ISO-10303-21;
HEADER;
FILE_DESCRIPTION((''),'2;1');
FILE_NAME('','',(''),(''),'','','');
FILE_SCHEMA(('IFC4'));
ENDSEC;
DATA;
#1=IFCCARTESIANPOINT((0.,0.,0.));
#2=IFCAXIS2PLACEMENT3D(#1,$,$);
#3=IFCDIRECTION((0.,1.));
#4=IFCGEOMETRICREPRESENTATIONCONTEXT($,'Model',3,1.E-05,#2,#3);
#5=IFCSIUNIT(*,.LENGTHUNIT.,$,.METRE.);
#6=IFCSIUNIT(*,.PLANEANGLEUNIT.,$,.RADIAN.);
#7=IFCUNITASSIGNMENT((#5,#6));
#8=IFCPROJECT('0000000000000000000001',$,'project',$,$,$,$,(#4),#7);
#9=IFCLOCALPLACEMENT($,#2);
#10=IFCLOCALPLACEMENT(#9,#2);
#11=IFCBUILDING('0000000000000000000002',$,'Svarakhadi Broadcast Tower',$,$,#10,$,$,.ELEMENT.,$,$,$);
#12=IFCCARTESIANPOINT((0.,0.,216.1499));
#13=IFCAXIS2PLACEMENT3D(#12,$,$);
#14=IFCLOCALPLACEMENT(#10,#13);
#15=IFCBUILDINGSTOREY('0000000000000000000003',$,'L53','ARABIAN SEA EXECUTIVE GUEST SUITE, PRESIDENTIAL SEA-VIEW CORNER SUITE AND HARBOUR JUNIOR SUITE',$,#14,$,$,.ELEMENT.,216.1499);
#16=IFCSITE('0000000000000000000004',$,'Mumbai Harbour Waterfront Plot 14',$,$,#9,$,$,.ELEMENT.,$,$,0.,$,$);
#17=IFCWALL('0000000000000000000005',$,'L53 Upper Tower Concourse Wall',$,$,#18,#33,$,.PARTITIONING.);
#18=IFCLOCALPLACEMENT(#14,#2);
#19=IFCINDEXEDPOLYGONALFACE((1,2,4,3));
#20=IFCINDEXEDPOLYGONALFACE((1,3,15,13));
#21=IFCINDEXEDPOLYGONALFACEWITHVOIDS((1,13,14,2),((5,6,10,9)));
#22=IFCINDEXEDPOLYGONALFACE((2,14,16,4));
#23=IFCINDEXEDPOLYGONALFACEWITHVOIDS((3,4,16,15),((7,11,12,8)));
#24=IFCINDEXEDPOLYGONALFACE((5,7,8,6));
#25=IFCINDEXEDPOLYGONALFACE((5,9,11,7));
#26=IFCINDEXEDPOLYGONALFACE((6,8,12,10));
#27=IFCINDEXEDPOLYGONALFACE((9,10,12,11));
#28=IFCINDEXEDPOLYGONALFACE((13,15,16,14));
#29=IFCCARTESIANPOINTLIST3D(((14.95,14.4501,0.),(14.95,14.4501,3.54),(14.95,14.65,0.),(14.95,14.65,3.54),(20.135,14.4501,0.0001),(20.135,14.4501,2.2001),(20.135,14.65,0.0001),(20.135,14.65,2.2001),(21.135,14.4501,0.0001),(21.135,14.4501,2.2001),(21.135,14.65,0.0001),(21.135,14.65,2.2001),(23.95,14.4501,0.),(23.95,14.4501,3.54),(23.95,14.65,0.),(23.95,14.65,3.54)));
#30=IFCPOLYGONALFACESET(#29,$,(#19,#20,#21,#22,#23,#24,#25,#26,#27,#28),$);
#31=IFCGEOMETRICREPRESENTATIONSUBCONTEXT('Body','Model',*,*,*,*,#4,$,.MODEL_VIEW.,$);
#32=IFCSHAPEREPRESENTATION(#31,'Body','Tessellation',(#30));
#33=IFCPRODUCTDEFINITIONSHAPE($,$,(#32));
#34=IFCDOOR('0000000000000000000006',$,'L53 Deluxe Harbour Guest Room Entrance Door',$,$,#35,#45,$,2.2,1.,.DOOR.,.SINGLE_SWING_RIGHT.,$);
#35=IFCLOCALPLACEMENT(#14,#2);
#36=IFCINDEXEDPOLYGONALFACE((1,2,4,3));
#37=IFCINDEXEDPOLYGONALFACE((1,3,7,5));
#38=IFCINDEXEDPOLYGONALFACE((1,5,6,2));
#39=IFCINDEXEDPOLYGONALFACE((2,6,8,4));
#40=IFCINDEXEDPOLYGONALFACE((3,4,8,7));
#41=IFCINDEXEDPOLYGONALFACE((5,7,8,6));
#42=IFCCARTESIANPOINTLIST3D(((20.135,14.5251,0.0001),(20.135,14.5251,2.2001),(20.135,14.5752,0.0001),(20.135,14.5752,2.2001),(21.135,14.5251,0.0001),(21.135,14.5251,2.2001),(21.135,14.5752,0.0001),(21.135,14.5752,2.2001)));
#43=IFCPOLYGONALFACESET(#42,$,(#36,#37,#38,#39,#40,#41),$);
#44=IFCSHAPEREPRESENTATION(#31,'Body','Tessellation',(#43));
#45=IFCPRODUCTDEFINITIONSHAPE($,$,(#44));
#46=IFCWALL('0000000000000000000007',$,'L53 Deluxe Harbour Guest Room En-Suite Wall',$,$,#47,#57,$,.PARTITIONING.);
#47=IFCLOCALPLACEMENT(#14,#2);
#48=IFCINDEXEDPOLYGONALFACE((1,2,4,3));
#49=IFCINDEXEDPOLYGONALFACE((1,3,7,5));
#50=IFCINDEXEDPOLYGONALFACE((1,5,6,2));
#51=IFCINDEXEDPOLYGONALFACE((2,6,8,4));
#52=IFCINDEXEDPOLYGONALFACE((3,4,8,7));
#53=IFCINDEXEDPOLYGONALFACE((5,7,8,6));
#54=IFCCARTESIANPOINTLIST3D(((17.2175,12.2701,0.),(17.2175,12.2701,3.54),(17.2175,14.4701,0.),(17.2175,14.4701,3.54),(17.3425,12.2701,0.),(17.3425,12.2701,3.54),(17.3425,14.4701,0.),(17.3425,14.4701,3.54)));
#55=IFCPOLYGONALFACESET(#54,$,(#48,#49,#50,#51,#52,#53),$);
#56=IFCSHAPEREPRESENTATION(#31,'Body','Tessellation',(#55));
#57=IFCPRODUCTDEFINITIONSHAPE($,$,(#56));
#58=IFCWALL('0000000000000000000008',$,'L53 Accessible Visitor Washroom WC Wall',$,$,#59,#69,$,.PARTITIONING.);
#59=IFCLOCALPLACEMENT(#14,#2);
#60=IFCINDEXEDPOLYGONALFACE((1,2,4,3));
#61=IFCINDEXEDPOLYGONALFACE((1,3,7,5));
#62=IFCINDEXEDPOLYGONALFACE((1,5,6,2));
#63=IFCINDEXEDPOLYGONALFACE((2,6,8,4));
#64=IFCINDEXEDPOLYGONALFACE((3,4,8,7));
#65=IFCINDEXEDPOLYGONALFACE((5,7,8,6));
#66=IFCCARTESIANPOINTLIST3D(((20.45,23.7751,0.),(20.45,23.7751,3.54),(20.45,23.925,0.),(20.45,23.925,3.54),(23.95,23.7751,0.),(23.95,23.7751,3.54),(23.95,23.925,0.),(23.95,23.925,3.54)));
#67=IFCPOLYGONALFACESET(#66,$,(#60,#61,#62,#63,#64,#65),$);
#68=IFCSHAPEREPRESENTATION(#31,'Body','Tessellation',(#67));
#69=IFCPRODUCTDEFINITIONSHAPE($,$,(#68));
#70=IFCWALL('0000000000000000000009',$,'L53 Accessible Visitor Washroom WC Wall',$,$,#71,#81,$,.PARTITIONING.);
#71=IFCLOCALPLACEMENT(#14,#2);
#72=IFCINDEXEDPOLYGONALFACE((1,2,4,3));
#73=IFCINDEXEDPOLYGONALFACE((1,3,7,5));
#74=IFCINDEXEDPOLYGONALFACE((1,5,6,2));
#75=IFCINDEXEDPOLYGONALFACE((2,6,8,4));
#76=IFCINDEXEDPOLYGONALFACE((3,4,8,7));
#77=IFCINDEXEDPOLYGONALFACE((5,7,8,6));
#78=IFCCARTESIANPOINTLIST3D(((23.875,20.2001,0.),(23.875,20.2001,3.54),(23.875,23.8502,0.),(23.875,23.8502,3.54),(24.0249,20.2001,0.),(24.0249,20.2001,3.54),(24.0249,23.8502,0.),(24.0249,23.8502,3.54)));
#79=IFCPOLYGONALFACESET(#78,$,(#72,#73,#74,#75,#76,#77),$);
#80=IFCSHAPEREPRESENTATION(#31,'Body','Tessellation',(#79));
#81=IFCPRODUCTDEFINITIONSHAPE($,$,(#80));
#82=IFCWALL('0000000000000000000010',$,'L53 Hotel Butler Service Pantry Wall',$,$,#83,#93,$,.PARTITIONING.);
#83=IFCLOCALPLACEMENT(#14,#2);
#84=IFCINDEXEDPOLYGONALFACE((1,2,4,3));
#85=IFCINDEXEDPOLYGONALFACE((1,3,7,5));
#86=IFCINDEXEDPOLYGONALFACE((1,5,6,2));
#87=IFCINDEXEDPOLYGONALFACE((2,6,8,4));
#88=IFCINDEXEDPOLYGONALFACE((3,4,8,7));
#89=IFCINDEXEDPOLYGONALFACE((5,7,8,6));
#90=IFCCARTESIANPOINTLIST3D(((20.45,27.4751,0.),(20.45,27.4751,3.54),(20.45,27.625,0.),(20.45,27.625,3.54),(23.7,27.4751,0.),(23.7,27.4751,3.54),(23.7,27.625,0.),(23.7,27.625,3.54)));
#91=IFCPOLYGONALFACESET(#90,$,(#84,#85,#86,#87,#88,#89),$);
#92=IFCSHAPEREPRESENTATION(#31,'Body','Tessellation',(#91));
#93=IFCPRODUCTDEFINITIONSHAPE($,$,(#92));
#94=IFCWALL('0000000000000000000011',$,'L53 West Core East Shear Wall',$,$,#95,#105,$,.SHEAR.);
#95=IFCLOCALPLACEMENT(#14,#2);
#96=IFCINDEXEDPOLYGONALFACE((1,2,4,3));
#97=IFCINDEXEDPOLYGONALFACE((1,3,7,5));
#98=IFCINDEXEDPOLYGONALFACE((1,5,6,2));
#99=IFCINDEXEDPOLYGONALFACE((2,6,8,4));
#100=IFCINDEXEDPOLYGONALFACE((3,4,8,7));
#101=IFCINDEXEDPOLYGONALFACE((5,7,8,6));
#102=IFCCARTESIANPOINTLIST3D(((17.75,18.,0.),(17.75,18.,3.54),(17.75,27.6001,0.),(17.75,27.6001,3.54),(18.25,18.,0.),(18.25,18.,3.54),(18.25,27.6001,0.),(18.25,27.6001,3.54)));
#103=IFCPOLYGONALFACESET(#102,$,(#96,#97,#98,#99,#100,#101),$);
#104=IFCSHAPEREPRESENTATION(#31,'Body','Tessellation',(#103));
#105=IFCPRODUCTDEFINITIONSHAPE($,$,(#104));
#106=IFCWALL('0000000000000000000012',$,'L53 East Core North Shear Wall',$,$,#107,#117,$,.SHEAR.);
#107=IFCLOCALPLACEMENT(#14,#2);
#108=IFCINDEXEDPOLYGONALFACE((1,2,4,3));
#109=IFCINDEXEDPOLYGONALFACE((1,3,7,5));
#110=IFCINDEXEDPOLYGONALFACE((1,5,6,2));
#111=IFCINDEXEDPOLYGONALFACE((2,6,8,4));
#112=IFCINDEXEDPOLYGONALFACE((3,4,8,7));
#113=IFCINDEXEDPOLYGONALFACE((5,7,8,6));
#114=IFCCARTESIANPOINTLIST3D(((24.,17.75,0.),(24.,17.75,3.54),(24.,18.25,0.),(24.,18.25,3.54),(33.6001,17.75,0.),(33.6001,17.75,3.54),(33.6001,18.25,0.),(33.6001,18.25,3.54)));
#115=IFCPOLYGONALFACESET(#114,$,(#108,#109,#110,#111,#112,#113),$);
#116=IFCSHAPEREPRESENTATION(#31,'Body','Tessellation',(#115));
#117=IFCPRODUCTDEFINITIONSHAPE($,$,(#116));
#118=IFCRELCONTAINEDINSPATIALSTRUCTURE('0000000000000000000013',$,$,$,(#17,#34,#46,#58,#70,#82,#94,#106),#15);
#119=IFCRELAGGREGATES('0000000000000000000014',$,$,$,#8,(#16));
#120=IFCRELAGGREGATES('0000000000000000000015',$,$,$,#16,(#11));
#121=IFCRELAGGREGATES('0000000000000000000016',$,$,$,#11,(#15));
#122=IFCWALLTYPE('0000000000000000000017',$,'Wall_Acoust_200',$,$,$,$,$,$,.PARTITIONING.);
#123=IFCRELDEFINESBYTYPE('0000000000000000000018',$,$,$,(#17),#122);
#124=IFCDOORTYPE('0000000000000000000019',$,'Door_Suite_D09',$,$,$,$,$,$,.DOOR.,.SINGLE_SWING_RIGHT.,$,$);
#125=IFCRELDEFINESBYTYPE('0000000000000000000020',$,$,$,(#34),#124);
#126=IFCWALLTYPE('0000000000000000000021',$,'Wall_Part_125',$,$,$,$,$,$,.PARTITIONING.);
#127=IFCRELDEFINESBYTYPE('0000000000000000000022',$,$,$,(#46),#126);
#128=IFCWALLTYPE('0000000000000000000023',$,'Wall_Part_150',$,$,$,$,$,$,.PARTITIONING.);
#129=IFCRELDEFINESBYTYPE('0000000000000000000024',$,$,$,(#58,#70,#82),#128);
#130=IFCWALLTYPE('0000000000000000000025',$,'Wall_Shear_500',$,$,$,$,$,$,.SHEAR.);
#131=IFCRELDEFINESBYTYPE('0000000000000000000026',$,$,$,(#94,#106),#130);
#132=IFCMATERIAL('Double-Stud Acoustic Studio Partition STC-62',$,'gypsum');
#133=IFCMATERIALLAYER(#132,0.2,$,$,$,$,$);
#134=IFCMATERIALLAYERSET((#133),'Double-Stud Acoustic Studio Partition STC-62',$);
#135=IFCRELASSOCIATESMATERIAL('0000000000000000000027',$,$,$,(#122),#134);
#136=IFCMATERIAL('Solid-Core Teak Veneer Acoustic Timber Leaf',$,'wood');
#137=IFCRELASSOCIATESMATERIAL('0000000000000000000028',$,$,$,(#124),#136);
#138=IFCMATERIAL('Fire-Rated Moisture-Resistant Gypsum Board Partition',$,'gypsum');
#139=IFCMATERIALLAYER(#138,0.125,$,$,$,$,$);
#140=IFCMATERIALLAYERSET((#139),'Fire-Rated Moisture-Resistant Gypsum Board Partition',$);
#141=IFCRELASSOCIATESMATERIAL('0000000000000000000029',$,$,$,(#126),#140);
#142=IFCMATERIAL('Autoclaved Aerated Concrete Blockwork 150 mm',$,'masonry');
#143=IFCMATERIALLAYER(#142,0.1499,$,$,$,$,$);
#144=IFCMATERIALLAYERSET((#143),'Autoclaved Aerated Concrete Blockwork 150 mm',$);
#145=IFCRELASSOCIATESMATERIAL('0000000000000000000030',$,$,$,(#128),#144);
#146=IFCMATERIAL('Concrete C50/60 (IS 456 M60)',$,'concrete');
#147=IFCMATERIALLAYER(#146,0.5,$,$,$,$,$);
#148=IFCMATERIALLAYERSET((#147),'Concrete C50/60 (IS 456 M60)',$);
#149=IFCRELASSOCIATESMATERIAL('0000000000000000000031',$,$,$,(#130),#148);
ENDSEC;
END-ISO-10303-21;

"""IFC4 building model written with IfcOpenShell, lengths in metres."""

from ifc_helpers import new_model, si_unit, direction, frame, frame_2d, origin, place, context, subcontext, project, spatial, rectangle, extrude, material, layer, layer_set, type_object, element, fill, save


model = new_model("IFC4")

# Units and contexts
model_context = context("Model", 3, precision=1e-05, world=origin(), true_north=direction((0.0, 1.0)))
body_context = subcontext(model_context, "Body", "Model", "MODEL_VIEW")
ifc_project = project(units=[si_unit("LENGTHUNIT", "METRE"), si_unit("PLANEANGLEUNIT", "RADIAN")], contexts=[model_context])

# Site, building, storey
site_placement = place(None, origin())
site = spatial("IfcSite", under=ifc_project, at=site_placement, Name="Mumbai Harbour Waterfront Plot 14", CompositionType="ELEMENT", RefElevation=0.0)
building_placement = place(site_placement, origin())
building = spatial("IfcBuilding", under=site, at=building_placement, Name="Svarakhadi Broadcast Tower", CompositionType="ELEMENT")
storey_placement = place(building_placement, frame((0.0, 0.0, 216.1499)))
storey = spatial("IfcBuildingStorey", under=building, at=storey_placement, Name="L53", Description="ARABIAN SEA EXECUTIVE GUEST SUITE, PRESIDENTIAL SEA-VIEW CORNER SUITE AND HARBOUR JUNIOR SUITE", CompositionType="ELEMENT", Elevation=216.1499)

# Shared definitions
ifc_material_1 = material(Name="Concrete C50/60 (IS 456 M60)", Category="concrete")

# Shared definitions
ifc_material_2 = material(Name="Double-Stud Acoustic Studio Partition STC-62", Category="gypsum")
ifc_layer_1 = layer(ifc_material_2, 0.2)
ifc_layer_set_1 = layer_set([ifc_layer_1], Name="Double-Stud Acoustic Studio Partition STC-62")
wall_type_1 = type_object("IfcWallType", Name="Wall_Acoust_200", PredefinedType="PARTITIONING", material=ifc_layer_set_1)
ifc_material_3 = material(Name="Solid-Core Teak Veneer Acoustic Timber Leaf", Category="wood")

# Wall, opening, door
wall_1_placement = place(storey_placement, frame((23.95, 14.55, 0.0), z_axis=(0.0, 0.0, 1.0), x_axis=(-1.0, 0.0, 0.0)))
wall_1 = element("IfcWall", 1, at=wall_1_placement, inside=storey, type_object=wall_type_1, Name="L53 Upper Tower Concourse Wall", PredefinedType="PARTITIONING", context=body_context, shape_type="SweptSolid", body=[
    extrude(rectangle(XDim=9.0, YDim=0.2, at=frame_2d((4.5, 0.0))), origin(), (0.0, 0.0, 1.0), 3.54),
])
opening_1_placement = place(wall_1_placement, frame((2.8149, 0.0, 0.0)))
opening_1 = element("IfcOpeningElement", 2, at=opening_1_placement, cuts=wall_1, PredefinedType="OPENING", context=body_context, shape_type="SweptSolid", body=[
    extrude(rectangle(XDim=1.0, YDim=2.2, at=frame_2d((0.5, 1.1001))), frame((0.0, 0.1099, 0.0), z_axis=(0.0, -1.0, 0.0), x_axis=(1.0, 0.0, 0.0)), (0.0, 0.0, 1.0), 0.22),
])
door_type_1 = type_object("IfcDoorType", Name="Door_Suite_D09", OperationType="SINGLE_SWING_RIGHT", PredefinedType="DOOR", material=ifc_material_3)
door_1_placement = place(opening_1_placement, origin())
door_1 = element("IfcDoor", 3, at=door_1_placement, inside=storey, type_object=door_type_1, Name="L53 Deluxe Harbour Guest Room Entrance Door", OperationType="SINGLE_SWING_RIGHT", OverallHeight=2.2, OverallWidth=1.0, PredefinedType="DOOR", context=body_context, shape_type="SweptSolid", body=[
    extrude(rectangle(XDim=1.0, YDim=2.2, at=frame_2d((0.5, 1.1001))), frame((0.0, 0.0249, 0.0), z_axis=(0.0, -1.0, 0.0), x_axis=(1.0, 0.0, 0.0)), (0.0, 0.0, 1.0), 0.05),
])
fill(opening_1, door_1)

# Walls
ifc_material_4 = material(Name="Fire-Rated Moisture-Resistant Gypsum Board Partition", Category="gypsum")
ifc_layer_2 = layer(ifc_material_4, 0.125)
ifc_layer_set_2 = layer_set([ifc_layer_2], Name="Fire-Rated Moisture-Resistant Gypsum Board Partition")
wall_type_2 = type_object("IfcWallType", Name="Wall_Part_125", PredefinedType="PARTITIONING", material=ifc_layer_set_2)
wall_2_placement = place(storey_placement, frame((17.28, 12.27, 0.0), z_axis=(0.0, 0.0, 1.0), x_axis=(0.0, 1.0, 0.0)))
element("IfcWall", 4, at=wall_2_placement, inside=storey, type_object=wall_type_2, Name="L53 Deluxe Harbour Guest Room En-Suite Wall", PredefinedType="PARTITIONING", context=body_context, shape_type="SweptSolid", body=[
    extrude(rectangle(XDim=2.2, YDim=0.125, at=frame_2d((1.1001, 0.0))), origin(), (0.0, 0.0, 1.0), 3.54),
])
ifc_material_5 = material(Name="Autoclaved Aerated Concrete Blockwork 150 mm", Category="masonry")
ifc_layer_3 = layer(ifc_material_5, 0.1499)
ifc_layer_set_3 = layer_set([ifc_layer_3], Name="Autoclaved Aerated Concrete Blockwork 150 mm")
wall_type_3 = type_object("IfcWallType", Name="Wall_Part_150", PredefinedType="PARTITIONING", material=ifc_layer_set_3)
wall_3_placement = place(storey_placement, frame((20.45, 23.8501, 0.0), z_axis=(0.0, 0.0, 1.0), x_axis=(1.0, 0.0, 0.0)))
element("IfcWall", 5, at=wall_3_placement, inside=storey, type_object=wall_type_3, Name="L53 Accessible Visitor Washroom WC Wall", PredefinedType="PARTITIONING", context=body_context, shape_type="SweptSolid", body=[
    extrude(rectangle(XDim=3.5, YDim=0.1499, at=frame_2d((1.75, 0.0))), origin(), (0.0, 0.0, 1.0), 3.54),
])
wall_4_placement = place(storey_placement, frame((23.95, 20.2, 0.0), z_axis=(0.0, 0.0, 1.0), x_axis=(0.0, 1.0, 0.0)))
element("IfcWall", 6, at=wall_4_placement, inside=storey, type_object=wall_type_3, Name="L53 Accessible Visitor Washroom WC Wall", PredefinedType="PARTITIONING", context=body_context, shape_type="SweptSolid", body=[
    extrude(rectangle(XDim=3.6501, YDim=0.1499, at=frame_2d((1.8252, 0.0))), origin(), (0.0, 0.0, 1.0), 3.54),
])
wall_5_placement = place(storey_placement, frame((20.45, 27.55, 0.0), z_axis=(0.0, 0.0, 1.0), x_axis=(1.0, 0.0, 0.0)))
element("IfcWall", 7, at=wall_5_placement, inside=storey, type_object=wall_type_3, Name="L53 Hotel Butler Service Pantry Wall", PredefinedType="PARTITIONING", context=body_context, shape_type="SweptSolid", body=[
    extrude(rectangle(XDim=3.25, YDim=0.1499, at=frame_2d((1.625, 0.0))), origin(), (0.0, 0.0, 1.0), 3.54),
])
ifc_layer_4 = layer(ifc_material_1, 0.5)
ifc_layer_set_4 = layer_set([ifc_layer_4], Name="Concrete C50/60 (IS 456 M60)")
wall_type_4 = type_object("IfcWallType", Name="Wall_Shear_500", PredefinedType="SHEAR", material=ifc_layer_set_4)
for number, where, z_axis, x_axis, name in (
    (8, (18.0, 18.0, 0.0), (0.0, 0.0, 1.0), (0.0, 1.0, 0.0), "L53 West Core East Shear Wall"),
    (9, (24.0, 18.0, 0.0), (0.0, 0.0, 1.0), (1.0, 0.0, 0.0), "L53 East Core North Shear Wall"),
):
    element("IfcWall", number, at=place(storey_placement, frame(where, z_axis=z_axis, x_axis=x_axis)), inside=storey, type_object=wall_type_4, Name=name, PredefinedType="SHEAR", context=body_context, shape_type="SweptSolid", body=[
        extrude(rectangle(XDim=9.6001, YDim=0.5, at=frame_2d((4.8, 0.0))), origin(), (0.0, 0.0, 1.0), 3.54),
    ])

save(model, "model.ifc")
